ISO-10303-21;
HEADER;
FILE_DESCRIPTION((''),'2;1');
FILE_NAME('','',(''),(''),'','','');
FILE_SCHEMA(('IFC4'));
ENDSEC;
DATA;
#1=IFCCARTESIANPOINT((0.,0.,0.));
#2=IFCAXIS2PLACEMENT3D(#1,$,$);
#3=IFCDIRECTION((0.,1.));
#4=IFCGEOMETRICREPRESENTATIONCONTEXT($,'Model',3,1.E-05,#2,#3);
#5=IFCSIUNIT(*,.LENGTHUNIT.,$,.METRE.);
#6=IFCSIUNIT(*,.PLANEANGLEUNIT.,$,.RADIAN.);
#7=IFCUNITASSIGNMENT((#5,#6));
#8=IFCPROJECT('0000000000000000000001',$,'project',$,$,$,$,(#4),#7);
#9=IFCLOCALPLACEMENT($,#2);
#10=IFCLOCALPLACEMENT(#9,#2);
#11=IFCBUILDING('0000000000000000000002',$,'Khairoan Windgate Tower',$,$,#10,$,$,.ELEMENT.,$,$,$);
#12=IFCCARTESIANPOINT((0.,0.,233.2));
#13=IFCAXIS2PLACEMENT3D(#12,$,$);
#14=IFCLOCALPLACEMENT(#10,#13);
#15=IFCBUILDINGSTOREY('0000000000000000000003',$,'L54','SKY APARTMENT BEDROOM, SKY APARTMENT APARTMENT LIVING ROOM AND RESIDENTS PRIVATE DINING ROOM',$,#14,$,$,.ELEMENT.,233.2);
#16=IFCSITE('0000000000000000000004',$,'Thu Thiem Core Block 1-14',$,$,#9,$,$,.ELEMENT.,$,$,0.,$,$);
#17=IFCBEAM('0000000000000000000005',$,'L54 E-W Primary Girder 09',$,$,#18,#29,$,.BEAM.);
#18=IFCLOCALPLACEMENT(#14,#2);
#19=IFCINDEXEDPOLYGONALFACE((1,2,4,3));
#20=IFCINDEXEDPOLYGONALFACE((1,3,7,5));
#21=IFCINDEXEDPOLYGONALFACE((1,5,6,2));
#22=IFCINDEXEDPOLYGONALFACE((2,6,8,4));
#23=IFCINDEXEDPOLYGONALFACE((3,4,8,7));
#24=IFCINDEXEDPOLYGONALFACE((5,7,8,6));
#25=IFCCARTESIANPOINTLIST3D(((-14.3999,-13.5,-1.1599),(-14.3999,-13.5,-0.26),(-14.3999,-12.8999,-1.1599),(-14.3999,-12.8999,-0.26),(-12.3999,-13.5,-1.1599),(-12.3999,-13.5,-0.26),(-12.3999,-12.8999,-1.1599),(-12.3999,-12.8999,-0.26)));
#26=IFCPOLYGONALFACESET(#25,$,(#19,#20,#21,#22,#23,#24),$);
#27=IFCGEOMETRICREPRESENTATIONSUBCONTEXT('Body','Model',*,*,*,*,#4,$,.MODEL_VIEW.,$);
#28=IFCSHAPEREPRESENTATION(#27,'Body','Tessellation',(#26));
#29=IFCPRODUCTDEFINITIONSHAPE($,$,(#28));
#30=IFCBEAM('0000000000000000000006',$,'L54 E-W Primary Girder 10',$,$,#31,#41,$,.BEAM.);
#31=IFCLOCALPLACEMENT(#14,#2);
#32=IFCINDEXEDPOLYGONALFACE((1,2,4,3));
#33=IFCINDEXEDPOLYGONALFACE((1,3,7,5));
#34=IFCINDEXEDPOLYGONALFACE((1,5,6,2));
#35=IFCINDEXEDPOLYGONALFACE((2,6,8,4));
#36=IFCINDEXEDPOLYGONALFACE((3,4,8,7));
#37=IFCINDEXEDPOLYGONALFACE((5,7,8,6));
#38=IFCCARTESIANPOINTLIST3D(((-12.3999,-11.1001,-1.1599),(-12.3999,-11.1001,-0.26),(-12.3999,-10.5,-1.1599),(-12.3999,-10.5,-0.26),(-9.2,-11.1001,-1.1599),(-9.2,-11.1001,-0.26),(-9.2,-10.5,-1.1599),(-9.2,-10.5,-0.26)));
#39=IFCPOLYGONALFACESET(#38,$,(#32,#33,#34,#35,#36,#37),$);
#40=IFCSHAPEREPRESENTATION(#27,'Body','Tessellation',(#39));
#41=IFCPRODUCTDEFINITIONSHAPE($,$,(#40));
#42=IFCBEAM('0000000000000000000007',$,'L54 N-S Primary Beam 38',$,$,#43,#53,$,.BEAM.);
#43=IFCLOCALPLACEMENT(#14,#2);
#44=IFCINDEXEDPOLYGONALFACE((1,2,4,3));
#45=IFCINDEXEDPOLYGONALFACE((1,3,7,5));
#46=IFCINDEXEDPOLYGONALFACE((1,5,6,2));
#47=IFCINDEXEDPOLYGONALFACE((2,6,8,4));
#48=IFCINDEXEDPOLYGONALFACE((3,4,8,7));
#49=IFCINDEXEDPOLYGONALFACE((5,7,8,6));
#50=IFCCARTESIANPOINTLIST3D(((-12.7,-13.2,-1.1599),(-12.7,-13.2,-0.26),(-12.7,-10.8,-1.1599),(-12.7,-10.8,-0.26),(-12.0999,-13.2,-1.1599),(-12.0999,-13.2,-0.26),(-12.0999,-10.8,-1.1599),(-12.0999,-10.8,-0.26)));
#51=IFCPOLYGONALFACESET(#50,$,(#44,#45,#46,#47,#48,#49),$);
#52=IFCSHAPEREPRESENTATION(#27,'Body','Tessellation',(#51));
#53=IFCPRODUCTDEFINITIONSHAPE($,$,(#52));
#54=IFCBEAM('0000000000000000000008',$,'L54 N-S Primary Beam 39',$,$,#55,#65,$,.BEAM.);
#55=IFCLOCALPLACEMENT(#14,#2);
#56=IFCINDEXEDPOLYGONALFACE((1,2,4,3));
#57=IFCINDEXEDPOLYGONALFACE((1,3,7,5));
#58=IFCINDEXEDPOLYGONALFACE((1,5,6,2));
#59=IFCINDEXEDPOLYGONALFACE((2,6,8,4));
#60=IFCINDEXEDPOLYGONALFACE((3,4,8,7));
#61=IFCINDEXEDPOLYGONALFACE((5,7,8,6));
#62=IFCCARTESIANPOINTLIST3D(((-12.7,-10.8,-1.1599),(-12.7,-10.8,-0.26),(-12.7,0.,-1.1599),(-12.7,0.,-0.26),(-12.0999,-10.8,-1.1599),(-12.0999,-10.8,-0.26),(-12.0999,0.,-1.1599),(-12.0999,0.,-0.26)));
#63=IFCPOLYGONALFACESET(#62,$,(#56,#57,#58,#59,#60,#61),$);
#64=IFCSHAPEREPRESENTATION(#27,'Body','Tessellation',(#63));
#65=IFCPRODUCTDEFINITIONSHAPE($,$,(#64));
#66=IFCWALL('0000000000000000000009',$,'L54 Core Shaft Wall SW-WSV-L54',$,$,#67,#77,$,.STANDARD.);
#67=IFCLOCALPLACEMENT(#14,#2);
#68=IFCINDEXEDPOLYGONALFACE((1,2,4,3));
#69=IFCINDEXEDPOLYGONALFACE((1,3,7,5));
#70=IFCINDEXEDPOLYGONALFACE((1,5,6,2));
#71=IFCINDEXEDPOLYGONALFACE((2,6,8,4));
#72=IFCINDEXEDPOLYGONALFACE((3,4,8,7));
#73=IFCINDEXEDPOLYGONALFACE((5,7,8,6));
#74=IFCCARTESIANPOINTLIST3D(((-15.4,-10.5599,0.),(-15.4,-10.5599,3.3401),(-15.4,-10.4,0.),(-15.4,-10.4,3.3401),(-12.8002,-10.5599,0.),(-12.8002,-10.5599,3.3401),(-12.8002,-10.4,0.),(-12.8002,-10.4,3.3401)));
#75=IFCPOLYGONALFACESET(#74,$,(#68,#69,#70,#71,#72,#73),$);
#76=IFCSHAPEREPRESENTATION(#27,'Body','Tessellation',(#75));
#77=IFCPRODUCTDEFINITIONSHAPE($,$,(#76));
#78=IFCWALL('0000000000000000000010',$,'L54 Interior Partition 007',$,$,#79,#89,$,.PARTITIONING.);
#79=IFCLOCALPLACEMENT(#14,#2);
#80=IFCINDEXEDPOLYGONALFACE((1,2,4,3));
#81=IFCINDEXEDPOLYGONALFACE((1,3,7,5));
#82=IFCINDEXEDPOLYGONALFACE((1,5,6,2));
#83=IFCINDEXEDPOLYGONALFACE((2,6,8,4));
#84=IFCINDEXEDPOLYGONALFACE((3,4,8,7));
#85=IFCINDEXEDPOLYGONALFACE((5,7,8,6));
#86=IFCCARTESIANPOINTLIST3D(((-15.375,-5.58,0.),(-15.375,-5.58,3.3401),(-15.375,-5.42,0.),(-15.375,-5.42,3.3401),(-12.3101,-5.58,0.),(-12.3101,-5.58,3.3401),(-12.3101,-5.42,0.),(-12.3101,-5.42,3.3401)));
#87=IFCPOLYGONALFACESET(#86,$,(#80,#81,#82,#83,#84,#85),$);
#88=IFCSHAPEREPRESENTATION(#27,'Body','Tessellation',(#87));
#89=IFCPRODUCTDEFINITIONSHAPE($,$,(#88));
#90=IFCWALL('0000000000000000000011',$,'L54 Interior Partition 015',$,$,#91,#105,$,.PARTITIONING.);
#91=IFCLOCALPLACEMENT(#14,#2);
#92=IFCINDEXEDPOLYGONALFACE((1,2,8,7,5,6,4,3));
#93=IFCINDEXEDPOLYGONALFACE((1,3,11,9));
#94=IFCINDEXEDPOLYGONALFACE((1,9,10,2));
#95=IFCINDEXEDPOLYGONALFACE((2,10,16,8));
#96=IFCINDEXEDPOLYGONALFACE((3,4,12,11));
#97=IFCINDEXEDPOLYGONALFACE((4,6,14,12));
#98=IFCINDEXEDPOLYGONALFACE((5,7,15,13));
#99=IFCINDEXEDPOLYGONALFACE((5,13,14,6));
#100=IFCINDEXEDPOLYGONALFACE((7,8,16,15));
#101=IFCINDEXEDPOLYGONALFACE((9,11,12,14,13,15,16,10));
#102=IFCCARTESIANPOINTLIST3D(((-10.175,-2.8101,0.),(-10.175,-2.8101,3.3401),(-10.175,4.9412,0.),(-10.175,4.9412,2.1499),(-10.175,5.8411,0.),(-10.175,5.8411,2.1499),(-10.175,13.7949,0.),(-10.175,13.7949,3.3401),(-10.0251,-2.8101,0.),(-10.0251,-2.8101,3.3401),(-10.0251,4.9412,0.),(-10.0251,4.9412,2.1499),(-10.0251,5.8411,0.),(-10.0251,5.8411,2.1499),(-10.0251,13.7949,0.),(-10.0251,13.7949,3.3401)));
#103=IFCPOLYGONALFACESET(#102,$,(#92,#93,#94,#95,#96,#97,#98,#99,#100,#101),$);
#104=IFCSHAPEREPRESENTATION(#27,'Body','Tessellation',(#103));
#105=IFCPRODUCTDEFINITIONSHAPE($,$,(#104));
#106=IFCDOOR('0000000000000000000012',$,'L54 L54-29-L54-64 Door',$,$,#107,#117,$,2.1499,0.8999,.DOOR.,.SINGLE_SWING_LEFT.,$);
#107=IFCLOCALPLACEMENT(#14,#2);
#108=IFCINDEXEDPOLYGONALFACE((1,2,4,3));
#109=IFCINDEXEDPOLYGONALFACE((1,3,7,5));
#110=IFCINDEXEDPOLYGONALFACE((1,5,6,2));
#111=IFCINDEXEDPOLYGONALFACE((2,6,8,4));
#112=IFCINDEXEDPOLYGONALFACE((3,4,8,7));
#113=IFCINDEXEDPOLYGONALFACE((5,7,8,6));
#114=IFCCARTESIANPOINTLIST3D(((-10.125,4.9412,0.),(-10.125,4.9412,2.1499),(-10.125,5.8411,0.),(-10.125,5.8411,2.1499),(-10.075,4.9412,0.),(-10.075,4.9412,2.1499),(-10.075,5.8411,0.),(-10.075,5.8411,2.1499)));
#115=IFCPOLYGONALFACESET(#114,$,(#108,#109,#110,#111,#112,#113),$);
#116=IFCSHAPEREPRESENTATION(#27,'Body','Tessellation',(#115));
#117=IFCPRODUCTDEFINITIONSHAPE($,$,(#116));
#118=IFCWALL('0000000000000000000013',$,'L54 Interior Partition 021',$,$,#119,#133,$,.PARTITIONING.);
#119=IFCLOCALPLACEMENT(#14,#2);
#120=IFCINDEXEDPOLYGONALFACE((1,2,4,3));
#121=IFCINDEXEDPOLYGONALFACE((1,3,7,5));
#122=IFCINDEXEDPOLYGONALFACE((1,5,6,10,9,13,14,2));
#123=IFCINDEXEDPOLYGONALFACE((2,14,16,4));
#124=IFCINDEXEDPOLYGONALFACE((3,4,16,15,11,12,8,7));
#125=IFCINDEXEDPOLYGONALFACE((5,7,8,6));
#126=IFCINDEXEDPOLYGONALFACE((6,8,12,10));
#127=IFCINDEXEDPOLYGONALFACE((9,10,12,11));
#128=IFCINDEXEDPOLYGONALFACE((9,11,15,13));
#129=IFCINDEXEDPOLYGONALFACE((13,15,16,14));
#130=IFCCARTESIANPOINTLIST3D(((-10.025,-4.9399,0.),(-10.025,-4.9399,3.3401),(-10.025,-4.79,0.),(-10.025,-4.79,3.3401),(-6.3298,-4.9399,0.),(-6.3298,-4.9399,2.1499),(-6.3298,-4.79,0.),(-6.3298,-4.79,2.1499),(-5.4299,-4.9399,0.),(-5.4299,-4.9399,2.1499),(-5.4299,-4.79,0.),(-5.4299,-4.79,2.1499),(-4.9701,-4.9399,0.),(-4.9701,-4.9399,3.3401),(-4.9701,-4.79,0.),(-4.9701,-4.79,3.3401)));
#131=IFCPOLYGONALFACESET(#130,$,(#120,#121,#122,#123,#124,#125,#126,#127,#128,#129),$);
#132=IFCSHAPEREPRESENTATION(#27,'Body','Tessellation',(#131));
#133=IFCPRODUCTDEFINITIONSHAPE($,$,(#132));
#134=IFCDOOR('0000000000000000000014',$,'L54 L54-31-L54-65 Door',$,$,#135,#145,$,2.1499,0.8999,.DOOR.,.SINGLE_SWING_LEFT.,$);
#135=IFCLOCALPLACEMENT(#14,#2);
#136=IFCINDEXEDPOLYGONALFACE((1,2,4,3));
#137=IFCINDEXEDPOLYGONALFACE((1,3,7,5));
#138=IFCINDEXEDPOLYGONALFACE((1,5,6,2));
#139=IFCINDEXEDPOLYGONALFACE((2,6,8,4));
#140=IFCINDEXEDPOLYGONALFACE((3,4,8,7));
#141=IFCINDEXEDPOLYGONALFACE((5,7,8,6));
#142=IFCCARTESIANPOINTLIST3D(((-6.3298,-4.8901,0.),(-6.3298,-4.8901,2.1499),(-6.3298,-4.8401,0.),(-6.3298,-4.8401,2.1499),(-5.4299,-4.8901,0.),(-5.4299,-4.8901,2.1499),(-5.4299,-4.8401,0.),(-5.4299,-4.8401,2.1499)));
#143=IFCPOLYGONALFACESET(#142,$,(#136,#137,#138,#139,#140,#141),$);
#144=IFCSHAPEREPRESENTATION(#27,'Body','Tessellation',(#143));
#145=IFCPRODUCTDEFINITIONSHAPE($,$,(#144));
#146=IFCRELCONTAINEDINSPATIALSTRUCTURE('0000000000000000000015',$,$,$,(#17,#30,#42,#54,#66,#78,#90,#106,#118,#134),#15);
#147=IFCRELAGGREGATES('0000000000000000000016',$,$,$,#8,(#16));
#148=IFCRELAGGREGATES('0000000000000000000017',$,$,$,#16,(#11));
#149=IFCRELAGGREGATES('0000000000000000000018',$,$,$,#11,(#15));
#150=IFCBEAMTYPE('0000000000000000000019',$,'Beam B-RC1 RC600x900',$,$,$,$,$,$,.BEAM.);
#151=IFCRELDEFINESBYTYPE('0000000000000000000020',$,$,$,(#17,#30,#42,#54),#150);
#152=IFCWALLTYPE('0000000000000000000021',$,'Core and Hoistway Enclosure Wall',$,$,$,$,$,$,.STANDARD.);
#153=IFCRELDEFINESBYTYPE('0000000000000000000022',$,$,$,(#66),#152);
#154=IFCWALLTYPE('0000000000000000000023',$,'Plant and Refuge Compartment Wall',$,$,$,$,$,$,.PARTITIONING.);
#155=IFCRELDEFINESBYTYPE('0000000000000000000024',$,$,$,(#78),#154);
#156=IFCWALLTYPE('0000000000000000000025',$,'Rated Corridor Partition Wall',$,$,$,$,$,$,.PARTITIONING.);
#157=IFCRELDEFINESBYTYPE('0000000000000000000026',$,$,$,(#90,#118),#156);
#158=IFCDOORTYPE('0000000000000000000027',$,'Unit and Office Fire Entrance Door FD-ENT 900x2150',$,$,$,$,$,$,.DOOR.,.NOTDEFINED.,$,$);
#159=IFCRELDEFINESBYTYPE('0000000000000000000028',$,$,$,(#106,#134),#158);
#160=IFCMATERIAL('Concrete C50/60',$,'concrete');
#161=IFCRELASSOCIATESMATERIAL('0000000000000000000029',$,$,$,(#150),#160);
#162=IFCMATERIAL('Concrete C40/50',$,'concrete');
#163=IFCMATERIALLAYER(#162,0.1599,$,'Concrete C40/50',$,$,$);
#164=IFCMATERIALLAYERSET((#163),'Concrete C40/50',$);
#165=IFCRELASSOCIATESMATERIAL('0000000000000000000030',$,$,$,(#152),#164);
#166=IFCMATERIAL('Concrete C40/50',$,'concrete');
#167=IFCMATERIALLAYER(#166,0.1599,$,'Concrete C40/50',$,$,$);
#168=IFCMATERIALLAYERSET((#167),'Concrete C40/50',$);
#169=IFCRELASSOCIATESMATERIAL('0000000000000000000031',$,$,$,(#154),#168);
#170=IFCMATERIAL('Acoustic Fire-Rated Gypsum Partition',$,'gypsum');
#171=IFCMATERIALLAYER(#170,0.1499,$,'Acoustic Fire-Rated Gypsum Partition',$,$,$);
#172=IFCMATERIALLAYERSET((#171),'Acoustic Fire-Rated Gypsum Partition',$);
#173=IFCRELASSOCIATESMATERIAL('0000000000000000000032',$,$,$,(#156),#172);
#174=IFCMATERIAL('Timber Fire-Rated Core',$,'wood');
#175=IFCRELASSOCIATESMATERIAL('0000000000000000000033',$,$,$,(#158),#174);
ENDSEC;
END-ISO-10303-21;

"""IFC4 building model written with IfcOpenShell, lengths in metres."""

from ifc_helpers import new_model, si_unit, direction, frame, frame_2d, origin, origin_2d, place, context, subcontext, project, spatial, rectangle, extrude, material, layer, layer_set, material_profile, profile_set, type_object, element, fill, save


model = new_model("IFC4")

# Units and contexts
model_context = context("Model", 3, precision=1e-05, world=origin(), true_north=direction((0.0, 1.0)))
body_context = subcontext(model_context, "Body", "Model", "MODEL_VIEW")
ifc_project = project(units=[si_unit("LENGTHUNIT", "METRE"), si_unit("PLANEANGLEUNIT", "RADIAN")], contexts=[model_context])

# Site, building, storey
site_placement = place(None, origin())
site = spatial("IfcSite", under=ifc_project, at=site_placement, Name="Thu Thiem Core Block 1-14", CompositionType="ELEMENT", RefElevation=0.0)
building_placement = place(site_placement, origin())
building = spatial("IfcBuilding", under=site, at=building_placement, Name="Khairoan Windgate Tower", CompositionType="ELEMENT")
storey_placement = place(building_placement, frame((0.0, 0.0, 233.2)))
storey = spatial("IfcBuildingStorey", under=building, at=storey_placement, Name="L54", Description="SKY APARTMENT BEDROOM, SKY APARTMENT APARTMENT LIVING ROOM AND RESIDENTS PRIVATE DINING ROOM", CompositionType="ELEMENT", Elevation=233.2)

# Beams
ifc_material_1 = material(Name="Concrete C50/60", Category="concrete")
ifc_material_profile = material_profile(ifc_material_1, rectangle(XDim=0.6001, YDim=0.8999, at=origin_2d()))
ifc_profile_set = profile_set([ifc_material_profile], Name="Concrete C50/60")
beam_type = type_object("IfcBeamType", Name="Beam B-RC1 RC600x900", PredefinedType="BEAM", material=ifc_profile_set)
beam_1_placement = place(storey_placement, frame((-14.3999, -13.2, -0.71), z_axis=(1.0, 0.0, 0.0), x_axis=(0.0, 1.0, 0.0)))
element("IfcBeam", 1, at=beam_1_placement, inside=storey, type_object=beam_type, Name="L54 E-W Primary Girder 09", PredefinedType="BEAM", context=body_context, shape_type="SweptSolid", body=[
    extrude(rectangle(XDim=0.6001, YDim=0.8999, at=origin_2d()), origin(), (0.0, 0.0, 1.0), 2.0),
])
beam_2_placement = place(storey_placement, frame((-12.3999, -10.8, -0.71), z_axis=(1.0, 0.0, 0.0), x_axis=(0.0, 1.0, 0.0)))
element("IfcBeam", 2, at=beam_2_placement, inside=storey, type_object=beam_type, Name="L54 E-W Primary Girder 10", PredefinedType="BEAM", context=body_context, shape_type="SweptSolid", body=[
    extrude(rectangle(XDim=0.6001, YDim=0.8999, at=origin_2d()), origin(), (0.0, 0.0, 1.0), 3.2),
])
beam_3_placement = place(storey_placement, frame((-12.3999, -13.2, -0.71), z_axis=(0.0, 1.0, 0.0), x_axis=(-1.0, 0.0, 0.0)))
element("IfcBeam", 3, at=beam_3_placement, inside=storey, type_object=beam_type, Name="L54 N-S Primary Beam 38", PredefinedType="BEAM", context=body_context, shape_type="SweptSolid", body=[
    extrude(rectangle(XDim=0.6001, YDim=0.8999, at=origin_2d()), origin(), (0.0, 0.0, 1.0), 2.3999),
])
beam_4_placement = place(storey_placement, frame((-12.3999, -10.8, -0.71), z_axis=(0.0, 1.0, 0.0), x_axis=(-1.0, 0.0, 0.0)))
element("IfcBeam", 4, at=beam_4_placement, inside=storey, type_object=beam_type, Name="L54 N-S Primary Beam 39", PredefinedType="BEAM", context=body_context, shape_type="SweptSolid", body=[
    extrude(rectangle(XDim=0.6001, YDim=0.8999, at=origin_2d()), origin(), (0.0, 0.0, 1.0), 10.8),
])

# Walls
ifc_material_2 = material(Name="Concrete C40/50", Category="concrete")
ifc_layer_1 = layer(ifc_material_2, 0.1599, Name="Concrete C40/50")
ifc_layer_set_1 = layer_set([ifc_layer_1], Name="Concrete C40/50")
wall_type_1 = type_object("IfcWallType", Name="Core and Hoistway Enclosure Wall", PredefinedType="STANDARD", material=ifc_layer_set_1)
wall_1_placement = place(storey_placement, frame((-15.3999, -10.48, 0.0), z_axis=(0.0, 0.0, 1.0), x_axis=(1.0, 0.0, 0.0)))
element("IfcWall", 5, at=wall_1_placement, inside=storey, type_object=wall_type_1, Name="L54 Core Shaft Wall SW-WSV-L54", PredefinedType="STANDARD", context=body_context, shape_type="SweptSolid", body=[
    extrude(rectangle(XDim=2.5999, YDim=0.1599, at=frame_2d((1.2998, 0.0))), origin(), (0.0, 0.0, 1.0), 3.3401),
])
ifc_material_3 = material(Name="Concrete C40/50", Category="concrete")
ifc_layer_2 = layer(ifc_material_3, 0.1599, Name="Concrete C40/50")
ifc_layer_set_2 = layer_set([ifc_layer_2], Name="Concrete C40/50")
wall_type_2 = type_object("IfcWallType", Name="Plant and Refuge Compartment Wall", PredefinedType="PARTITIONING", material=ifc_layer_set_2)
wall_2_placement = place(storey_placement, frame((-15.375, -5.5, 0.0), z_axis=(0.0, 0.0, 1.0), x_axis=(1.0, 0.0, 0.0)))
element("IfcWall", 6, at=wall_2_placement, inside=storey, type_object=wall_type_2, Name="L54 Interior Partition 007", PredefinedType="PARTITIONING", context=body_context, shape_type="SweptSolid", body=[
    extrude(rectangle(XDim=3.0649, YDim=0.1599, at=frame_2d((1.5325, 0.0))), origin(), (0.0, 0.0, 1.0), 3.3401),
])

# Walls, openings, doors
ifc_material_4 = material(Name="Acoustic Fire-Rated Gypsum Partition", Category="gypsum")
ifc_layer_3 = layer(ifc_material_4, 0.1499, Name="Acoustic Fire-Rated Gypsum Partition")
ifc_layer_set_3 = layer_set([ifc_layer_3], Name="Acoustic Fire-Rated Gypsum Partition")
wall_type_3 = type_object("IfcWallType", Name="Rated Corridor Partition Wall", PredefinedType="PARTITIONING", material=ifc_layer_set_3)
wall_3_placement = place(storey_placement, frame((-10.1001, -2.8101, 0.0), z_axis=(0.0, 0.0, 1.0), x_axis=(0.0, 1.0, 0.0)))
wall_3 = element("IfcWall", 7, at=wall_3_placement, inside=storey, type_object=wall_type_3, Name="L54 Interior Partition 015", PredefinedType="PARTITIONING", context=body_context, shape_type="SweptSolid", body=[
    extrude(rectangle(XDim=16.605, YDim=0.1499, at=frame_2d((8.3025, 0.0))), origin(), (0.0, 0.0, 1.0), 3.3401),
])
opening_1_placement = place(wall_3_placement, frame((7.7512, 0.0, 0.0)))
opening_1 = element("IfcOpeningElement", 8, at=opening_1_placement, cuts=wall_3, PredefinedType="OPENING", context=body_context, shape_type="SweptSolid", body=[
    extrude(rectangle(XDim=0.8999, YDim=2.1499, at=frame_2d((0.45, 1.075))), frame((0.0, 0.085, 0.0), z_axis=(0.0, -1.0, 0.0), x_axis=(1.0, 0.0, 0.0)), (0.0, 0.0, 1.0), 0.1699),
])
ifc_material_5 = material(Name="Timber Fire-Rated Core", Category="wood")
door_type_1 = type_object("IfcDoorType", Name="Unit and Office Fire Entrance Door FD-ENT 900x2150", OperationType="NOTDEFINED", PredefinedType="DOOR", material=ifc_material_5)
door_1_placement = place(opening_1_placement, origin())
door_1 = element("IfcDoor", 9, at=door_1_placement, inside=storey, type_object=door_type_1, Name="L54 L54-29-L54-64 Door", OperationType="SINGLE_SWING_LEFT", OverallHeight=2.1499, OverallWidth=0.8999, PredefinedType="DOOR", context=body_context, shape_type="SweptSolid", body=[
    extrude(rectangle(XDim=0.8999, YDim=2.1499, at=frame_2d((0.45, 1.075))), frame((0.0, 0.0249, 0.0), z_axis=(0.0, -1.0, 0.0), x_axis=(1.0, 0.0, 0.0)), (0.0, 0.0, 1.0), 0.05),
])
fill(opening_1, door_1)
wall_4_placement = place(storey_placement, frame((-10.0249, -4.865, 0.0), z_axis=(0.0, 0.0, 1.0), x_axis=(1.0, 0.0, 0.0)))
wall_4 = element("IfcWall", 10, at=wall_4_placement, inside=storey, type_object=wall_type_3, Name="L54 Interior Partition 021", PredefinedType="PARTITIONING", context=body_context, shape_type="SweptSolid", body=[
    extrude(rectangle(XDim=5.0549, YDim=0.1499, at=frame_2d((2.5273, 0.0))), origin(), (0.0, 0.0, 1.0), 3.3401),
])
opening_2_placement = place(wall_4_placement, frame((3.6951, 0.0, 0.0)))
opening_2 = element("IfcOpeningElement", 11, at=opening_2_placement, cuts=wall_4, PredefinedType="OPENING", context=body_context, shape_type="SweptSolid", body=[
    extrude(rectangle(XDim=0.8999, YDim=2.1499, at=frame_2d((0.45, 1.075))), frame((0.0, 0.085, 0.0), z_axis=(0.0, -1.0, 0.0), x_axis=(1.0, 0.0, 0.0)), (0.0, 0.0, 1.0), 0.1699),
])
door_2_placement = place(opening_2_placement, origin())
door_2 = element("IfcDoor", 12, at=door_2_placement, inside=storey, type_object=door_type_1, Name="L54 L54-31-L54-65 Door", OperationType="SINGLE_SWING_LEFT", OverallHeight=2.1499, OverallWidth=0.8999, PredefinedType="DOOR", context=body_context, shape_type="SweptSolid", body=[
    extrude(rectangle(XDim=0.8999, YDim=2.1499, at=frame_2d((0.45, 1.075))), frame((0.0, 0.0249, 0.0), z_axis=(0.0, -1.0, 0.0), x_axis=(1.0, 0.0, 0.0)), (0.0, 0.0, 1.0), 0.05),
])
fill(opening_2, door_2)

save(model, "model.ifc")
